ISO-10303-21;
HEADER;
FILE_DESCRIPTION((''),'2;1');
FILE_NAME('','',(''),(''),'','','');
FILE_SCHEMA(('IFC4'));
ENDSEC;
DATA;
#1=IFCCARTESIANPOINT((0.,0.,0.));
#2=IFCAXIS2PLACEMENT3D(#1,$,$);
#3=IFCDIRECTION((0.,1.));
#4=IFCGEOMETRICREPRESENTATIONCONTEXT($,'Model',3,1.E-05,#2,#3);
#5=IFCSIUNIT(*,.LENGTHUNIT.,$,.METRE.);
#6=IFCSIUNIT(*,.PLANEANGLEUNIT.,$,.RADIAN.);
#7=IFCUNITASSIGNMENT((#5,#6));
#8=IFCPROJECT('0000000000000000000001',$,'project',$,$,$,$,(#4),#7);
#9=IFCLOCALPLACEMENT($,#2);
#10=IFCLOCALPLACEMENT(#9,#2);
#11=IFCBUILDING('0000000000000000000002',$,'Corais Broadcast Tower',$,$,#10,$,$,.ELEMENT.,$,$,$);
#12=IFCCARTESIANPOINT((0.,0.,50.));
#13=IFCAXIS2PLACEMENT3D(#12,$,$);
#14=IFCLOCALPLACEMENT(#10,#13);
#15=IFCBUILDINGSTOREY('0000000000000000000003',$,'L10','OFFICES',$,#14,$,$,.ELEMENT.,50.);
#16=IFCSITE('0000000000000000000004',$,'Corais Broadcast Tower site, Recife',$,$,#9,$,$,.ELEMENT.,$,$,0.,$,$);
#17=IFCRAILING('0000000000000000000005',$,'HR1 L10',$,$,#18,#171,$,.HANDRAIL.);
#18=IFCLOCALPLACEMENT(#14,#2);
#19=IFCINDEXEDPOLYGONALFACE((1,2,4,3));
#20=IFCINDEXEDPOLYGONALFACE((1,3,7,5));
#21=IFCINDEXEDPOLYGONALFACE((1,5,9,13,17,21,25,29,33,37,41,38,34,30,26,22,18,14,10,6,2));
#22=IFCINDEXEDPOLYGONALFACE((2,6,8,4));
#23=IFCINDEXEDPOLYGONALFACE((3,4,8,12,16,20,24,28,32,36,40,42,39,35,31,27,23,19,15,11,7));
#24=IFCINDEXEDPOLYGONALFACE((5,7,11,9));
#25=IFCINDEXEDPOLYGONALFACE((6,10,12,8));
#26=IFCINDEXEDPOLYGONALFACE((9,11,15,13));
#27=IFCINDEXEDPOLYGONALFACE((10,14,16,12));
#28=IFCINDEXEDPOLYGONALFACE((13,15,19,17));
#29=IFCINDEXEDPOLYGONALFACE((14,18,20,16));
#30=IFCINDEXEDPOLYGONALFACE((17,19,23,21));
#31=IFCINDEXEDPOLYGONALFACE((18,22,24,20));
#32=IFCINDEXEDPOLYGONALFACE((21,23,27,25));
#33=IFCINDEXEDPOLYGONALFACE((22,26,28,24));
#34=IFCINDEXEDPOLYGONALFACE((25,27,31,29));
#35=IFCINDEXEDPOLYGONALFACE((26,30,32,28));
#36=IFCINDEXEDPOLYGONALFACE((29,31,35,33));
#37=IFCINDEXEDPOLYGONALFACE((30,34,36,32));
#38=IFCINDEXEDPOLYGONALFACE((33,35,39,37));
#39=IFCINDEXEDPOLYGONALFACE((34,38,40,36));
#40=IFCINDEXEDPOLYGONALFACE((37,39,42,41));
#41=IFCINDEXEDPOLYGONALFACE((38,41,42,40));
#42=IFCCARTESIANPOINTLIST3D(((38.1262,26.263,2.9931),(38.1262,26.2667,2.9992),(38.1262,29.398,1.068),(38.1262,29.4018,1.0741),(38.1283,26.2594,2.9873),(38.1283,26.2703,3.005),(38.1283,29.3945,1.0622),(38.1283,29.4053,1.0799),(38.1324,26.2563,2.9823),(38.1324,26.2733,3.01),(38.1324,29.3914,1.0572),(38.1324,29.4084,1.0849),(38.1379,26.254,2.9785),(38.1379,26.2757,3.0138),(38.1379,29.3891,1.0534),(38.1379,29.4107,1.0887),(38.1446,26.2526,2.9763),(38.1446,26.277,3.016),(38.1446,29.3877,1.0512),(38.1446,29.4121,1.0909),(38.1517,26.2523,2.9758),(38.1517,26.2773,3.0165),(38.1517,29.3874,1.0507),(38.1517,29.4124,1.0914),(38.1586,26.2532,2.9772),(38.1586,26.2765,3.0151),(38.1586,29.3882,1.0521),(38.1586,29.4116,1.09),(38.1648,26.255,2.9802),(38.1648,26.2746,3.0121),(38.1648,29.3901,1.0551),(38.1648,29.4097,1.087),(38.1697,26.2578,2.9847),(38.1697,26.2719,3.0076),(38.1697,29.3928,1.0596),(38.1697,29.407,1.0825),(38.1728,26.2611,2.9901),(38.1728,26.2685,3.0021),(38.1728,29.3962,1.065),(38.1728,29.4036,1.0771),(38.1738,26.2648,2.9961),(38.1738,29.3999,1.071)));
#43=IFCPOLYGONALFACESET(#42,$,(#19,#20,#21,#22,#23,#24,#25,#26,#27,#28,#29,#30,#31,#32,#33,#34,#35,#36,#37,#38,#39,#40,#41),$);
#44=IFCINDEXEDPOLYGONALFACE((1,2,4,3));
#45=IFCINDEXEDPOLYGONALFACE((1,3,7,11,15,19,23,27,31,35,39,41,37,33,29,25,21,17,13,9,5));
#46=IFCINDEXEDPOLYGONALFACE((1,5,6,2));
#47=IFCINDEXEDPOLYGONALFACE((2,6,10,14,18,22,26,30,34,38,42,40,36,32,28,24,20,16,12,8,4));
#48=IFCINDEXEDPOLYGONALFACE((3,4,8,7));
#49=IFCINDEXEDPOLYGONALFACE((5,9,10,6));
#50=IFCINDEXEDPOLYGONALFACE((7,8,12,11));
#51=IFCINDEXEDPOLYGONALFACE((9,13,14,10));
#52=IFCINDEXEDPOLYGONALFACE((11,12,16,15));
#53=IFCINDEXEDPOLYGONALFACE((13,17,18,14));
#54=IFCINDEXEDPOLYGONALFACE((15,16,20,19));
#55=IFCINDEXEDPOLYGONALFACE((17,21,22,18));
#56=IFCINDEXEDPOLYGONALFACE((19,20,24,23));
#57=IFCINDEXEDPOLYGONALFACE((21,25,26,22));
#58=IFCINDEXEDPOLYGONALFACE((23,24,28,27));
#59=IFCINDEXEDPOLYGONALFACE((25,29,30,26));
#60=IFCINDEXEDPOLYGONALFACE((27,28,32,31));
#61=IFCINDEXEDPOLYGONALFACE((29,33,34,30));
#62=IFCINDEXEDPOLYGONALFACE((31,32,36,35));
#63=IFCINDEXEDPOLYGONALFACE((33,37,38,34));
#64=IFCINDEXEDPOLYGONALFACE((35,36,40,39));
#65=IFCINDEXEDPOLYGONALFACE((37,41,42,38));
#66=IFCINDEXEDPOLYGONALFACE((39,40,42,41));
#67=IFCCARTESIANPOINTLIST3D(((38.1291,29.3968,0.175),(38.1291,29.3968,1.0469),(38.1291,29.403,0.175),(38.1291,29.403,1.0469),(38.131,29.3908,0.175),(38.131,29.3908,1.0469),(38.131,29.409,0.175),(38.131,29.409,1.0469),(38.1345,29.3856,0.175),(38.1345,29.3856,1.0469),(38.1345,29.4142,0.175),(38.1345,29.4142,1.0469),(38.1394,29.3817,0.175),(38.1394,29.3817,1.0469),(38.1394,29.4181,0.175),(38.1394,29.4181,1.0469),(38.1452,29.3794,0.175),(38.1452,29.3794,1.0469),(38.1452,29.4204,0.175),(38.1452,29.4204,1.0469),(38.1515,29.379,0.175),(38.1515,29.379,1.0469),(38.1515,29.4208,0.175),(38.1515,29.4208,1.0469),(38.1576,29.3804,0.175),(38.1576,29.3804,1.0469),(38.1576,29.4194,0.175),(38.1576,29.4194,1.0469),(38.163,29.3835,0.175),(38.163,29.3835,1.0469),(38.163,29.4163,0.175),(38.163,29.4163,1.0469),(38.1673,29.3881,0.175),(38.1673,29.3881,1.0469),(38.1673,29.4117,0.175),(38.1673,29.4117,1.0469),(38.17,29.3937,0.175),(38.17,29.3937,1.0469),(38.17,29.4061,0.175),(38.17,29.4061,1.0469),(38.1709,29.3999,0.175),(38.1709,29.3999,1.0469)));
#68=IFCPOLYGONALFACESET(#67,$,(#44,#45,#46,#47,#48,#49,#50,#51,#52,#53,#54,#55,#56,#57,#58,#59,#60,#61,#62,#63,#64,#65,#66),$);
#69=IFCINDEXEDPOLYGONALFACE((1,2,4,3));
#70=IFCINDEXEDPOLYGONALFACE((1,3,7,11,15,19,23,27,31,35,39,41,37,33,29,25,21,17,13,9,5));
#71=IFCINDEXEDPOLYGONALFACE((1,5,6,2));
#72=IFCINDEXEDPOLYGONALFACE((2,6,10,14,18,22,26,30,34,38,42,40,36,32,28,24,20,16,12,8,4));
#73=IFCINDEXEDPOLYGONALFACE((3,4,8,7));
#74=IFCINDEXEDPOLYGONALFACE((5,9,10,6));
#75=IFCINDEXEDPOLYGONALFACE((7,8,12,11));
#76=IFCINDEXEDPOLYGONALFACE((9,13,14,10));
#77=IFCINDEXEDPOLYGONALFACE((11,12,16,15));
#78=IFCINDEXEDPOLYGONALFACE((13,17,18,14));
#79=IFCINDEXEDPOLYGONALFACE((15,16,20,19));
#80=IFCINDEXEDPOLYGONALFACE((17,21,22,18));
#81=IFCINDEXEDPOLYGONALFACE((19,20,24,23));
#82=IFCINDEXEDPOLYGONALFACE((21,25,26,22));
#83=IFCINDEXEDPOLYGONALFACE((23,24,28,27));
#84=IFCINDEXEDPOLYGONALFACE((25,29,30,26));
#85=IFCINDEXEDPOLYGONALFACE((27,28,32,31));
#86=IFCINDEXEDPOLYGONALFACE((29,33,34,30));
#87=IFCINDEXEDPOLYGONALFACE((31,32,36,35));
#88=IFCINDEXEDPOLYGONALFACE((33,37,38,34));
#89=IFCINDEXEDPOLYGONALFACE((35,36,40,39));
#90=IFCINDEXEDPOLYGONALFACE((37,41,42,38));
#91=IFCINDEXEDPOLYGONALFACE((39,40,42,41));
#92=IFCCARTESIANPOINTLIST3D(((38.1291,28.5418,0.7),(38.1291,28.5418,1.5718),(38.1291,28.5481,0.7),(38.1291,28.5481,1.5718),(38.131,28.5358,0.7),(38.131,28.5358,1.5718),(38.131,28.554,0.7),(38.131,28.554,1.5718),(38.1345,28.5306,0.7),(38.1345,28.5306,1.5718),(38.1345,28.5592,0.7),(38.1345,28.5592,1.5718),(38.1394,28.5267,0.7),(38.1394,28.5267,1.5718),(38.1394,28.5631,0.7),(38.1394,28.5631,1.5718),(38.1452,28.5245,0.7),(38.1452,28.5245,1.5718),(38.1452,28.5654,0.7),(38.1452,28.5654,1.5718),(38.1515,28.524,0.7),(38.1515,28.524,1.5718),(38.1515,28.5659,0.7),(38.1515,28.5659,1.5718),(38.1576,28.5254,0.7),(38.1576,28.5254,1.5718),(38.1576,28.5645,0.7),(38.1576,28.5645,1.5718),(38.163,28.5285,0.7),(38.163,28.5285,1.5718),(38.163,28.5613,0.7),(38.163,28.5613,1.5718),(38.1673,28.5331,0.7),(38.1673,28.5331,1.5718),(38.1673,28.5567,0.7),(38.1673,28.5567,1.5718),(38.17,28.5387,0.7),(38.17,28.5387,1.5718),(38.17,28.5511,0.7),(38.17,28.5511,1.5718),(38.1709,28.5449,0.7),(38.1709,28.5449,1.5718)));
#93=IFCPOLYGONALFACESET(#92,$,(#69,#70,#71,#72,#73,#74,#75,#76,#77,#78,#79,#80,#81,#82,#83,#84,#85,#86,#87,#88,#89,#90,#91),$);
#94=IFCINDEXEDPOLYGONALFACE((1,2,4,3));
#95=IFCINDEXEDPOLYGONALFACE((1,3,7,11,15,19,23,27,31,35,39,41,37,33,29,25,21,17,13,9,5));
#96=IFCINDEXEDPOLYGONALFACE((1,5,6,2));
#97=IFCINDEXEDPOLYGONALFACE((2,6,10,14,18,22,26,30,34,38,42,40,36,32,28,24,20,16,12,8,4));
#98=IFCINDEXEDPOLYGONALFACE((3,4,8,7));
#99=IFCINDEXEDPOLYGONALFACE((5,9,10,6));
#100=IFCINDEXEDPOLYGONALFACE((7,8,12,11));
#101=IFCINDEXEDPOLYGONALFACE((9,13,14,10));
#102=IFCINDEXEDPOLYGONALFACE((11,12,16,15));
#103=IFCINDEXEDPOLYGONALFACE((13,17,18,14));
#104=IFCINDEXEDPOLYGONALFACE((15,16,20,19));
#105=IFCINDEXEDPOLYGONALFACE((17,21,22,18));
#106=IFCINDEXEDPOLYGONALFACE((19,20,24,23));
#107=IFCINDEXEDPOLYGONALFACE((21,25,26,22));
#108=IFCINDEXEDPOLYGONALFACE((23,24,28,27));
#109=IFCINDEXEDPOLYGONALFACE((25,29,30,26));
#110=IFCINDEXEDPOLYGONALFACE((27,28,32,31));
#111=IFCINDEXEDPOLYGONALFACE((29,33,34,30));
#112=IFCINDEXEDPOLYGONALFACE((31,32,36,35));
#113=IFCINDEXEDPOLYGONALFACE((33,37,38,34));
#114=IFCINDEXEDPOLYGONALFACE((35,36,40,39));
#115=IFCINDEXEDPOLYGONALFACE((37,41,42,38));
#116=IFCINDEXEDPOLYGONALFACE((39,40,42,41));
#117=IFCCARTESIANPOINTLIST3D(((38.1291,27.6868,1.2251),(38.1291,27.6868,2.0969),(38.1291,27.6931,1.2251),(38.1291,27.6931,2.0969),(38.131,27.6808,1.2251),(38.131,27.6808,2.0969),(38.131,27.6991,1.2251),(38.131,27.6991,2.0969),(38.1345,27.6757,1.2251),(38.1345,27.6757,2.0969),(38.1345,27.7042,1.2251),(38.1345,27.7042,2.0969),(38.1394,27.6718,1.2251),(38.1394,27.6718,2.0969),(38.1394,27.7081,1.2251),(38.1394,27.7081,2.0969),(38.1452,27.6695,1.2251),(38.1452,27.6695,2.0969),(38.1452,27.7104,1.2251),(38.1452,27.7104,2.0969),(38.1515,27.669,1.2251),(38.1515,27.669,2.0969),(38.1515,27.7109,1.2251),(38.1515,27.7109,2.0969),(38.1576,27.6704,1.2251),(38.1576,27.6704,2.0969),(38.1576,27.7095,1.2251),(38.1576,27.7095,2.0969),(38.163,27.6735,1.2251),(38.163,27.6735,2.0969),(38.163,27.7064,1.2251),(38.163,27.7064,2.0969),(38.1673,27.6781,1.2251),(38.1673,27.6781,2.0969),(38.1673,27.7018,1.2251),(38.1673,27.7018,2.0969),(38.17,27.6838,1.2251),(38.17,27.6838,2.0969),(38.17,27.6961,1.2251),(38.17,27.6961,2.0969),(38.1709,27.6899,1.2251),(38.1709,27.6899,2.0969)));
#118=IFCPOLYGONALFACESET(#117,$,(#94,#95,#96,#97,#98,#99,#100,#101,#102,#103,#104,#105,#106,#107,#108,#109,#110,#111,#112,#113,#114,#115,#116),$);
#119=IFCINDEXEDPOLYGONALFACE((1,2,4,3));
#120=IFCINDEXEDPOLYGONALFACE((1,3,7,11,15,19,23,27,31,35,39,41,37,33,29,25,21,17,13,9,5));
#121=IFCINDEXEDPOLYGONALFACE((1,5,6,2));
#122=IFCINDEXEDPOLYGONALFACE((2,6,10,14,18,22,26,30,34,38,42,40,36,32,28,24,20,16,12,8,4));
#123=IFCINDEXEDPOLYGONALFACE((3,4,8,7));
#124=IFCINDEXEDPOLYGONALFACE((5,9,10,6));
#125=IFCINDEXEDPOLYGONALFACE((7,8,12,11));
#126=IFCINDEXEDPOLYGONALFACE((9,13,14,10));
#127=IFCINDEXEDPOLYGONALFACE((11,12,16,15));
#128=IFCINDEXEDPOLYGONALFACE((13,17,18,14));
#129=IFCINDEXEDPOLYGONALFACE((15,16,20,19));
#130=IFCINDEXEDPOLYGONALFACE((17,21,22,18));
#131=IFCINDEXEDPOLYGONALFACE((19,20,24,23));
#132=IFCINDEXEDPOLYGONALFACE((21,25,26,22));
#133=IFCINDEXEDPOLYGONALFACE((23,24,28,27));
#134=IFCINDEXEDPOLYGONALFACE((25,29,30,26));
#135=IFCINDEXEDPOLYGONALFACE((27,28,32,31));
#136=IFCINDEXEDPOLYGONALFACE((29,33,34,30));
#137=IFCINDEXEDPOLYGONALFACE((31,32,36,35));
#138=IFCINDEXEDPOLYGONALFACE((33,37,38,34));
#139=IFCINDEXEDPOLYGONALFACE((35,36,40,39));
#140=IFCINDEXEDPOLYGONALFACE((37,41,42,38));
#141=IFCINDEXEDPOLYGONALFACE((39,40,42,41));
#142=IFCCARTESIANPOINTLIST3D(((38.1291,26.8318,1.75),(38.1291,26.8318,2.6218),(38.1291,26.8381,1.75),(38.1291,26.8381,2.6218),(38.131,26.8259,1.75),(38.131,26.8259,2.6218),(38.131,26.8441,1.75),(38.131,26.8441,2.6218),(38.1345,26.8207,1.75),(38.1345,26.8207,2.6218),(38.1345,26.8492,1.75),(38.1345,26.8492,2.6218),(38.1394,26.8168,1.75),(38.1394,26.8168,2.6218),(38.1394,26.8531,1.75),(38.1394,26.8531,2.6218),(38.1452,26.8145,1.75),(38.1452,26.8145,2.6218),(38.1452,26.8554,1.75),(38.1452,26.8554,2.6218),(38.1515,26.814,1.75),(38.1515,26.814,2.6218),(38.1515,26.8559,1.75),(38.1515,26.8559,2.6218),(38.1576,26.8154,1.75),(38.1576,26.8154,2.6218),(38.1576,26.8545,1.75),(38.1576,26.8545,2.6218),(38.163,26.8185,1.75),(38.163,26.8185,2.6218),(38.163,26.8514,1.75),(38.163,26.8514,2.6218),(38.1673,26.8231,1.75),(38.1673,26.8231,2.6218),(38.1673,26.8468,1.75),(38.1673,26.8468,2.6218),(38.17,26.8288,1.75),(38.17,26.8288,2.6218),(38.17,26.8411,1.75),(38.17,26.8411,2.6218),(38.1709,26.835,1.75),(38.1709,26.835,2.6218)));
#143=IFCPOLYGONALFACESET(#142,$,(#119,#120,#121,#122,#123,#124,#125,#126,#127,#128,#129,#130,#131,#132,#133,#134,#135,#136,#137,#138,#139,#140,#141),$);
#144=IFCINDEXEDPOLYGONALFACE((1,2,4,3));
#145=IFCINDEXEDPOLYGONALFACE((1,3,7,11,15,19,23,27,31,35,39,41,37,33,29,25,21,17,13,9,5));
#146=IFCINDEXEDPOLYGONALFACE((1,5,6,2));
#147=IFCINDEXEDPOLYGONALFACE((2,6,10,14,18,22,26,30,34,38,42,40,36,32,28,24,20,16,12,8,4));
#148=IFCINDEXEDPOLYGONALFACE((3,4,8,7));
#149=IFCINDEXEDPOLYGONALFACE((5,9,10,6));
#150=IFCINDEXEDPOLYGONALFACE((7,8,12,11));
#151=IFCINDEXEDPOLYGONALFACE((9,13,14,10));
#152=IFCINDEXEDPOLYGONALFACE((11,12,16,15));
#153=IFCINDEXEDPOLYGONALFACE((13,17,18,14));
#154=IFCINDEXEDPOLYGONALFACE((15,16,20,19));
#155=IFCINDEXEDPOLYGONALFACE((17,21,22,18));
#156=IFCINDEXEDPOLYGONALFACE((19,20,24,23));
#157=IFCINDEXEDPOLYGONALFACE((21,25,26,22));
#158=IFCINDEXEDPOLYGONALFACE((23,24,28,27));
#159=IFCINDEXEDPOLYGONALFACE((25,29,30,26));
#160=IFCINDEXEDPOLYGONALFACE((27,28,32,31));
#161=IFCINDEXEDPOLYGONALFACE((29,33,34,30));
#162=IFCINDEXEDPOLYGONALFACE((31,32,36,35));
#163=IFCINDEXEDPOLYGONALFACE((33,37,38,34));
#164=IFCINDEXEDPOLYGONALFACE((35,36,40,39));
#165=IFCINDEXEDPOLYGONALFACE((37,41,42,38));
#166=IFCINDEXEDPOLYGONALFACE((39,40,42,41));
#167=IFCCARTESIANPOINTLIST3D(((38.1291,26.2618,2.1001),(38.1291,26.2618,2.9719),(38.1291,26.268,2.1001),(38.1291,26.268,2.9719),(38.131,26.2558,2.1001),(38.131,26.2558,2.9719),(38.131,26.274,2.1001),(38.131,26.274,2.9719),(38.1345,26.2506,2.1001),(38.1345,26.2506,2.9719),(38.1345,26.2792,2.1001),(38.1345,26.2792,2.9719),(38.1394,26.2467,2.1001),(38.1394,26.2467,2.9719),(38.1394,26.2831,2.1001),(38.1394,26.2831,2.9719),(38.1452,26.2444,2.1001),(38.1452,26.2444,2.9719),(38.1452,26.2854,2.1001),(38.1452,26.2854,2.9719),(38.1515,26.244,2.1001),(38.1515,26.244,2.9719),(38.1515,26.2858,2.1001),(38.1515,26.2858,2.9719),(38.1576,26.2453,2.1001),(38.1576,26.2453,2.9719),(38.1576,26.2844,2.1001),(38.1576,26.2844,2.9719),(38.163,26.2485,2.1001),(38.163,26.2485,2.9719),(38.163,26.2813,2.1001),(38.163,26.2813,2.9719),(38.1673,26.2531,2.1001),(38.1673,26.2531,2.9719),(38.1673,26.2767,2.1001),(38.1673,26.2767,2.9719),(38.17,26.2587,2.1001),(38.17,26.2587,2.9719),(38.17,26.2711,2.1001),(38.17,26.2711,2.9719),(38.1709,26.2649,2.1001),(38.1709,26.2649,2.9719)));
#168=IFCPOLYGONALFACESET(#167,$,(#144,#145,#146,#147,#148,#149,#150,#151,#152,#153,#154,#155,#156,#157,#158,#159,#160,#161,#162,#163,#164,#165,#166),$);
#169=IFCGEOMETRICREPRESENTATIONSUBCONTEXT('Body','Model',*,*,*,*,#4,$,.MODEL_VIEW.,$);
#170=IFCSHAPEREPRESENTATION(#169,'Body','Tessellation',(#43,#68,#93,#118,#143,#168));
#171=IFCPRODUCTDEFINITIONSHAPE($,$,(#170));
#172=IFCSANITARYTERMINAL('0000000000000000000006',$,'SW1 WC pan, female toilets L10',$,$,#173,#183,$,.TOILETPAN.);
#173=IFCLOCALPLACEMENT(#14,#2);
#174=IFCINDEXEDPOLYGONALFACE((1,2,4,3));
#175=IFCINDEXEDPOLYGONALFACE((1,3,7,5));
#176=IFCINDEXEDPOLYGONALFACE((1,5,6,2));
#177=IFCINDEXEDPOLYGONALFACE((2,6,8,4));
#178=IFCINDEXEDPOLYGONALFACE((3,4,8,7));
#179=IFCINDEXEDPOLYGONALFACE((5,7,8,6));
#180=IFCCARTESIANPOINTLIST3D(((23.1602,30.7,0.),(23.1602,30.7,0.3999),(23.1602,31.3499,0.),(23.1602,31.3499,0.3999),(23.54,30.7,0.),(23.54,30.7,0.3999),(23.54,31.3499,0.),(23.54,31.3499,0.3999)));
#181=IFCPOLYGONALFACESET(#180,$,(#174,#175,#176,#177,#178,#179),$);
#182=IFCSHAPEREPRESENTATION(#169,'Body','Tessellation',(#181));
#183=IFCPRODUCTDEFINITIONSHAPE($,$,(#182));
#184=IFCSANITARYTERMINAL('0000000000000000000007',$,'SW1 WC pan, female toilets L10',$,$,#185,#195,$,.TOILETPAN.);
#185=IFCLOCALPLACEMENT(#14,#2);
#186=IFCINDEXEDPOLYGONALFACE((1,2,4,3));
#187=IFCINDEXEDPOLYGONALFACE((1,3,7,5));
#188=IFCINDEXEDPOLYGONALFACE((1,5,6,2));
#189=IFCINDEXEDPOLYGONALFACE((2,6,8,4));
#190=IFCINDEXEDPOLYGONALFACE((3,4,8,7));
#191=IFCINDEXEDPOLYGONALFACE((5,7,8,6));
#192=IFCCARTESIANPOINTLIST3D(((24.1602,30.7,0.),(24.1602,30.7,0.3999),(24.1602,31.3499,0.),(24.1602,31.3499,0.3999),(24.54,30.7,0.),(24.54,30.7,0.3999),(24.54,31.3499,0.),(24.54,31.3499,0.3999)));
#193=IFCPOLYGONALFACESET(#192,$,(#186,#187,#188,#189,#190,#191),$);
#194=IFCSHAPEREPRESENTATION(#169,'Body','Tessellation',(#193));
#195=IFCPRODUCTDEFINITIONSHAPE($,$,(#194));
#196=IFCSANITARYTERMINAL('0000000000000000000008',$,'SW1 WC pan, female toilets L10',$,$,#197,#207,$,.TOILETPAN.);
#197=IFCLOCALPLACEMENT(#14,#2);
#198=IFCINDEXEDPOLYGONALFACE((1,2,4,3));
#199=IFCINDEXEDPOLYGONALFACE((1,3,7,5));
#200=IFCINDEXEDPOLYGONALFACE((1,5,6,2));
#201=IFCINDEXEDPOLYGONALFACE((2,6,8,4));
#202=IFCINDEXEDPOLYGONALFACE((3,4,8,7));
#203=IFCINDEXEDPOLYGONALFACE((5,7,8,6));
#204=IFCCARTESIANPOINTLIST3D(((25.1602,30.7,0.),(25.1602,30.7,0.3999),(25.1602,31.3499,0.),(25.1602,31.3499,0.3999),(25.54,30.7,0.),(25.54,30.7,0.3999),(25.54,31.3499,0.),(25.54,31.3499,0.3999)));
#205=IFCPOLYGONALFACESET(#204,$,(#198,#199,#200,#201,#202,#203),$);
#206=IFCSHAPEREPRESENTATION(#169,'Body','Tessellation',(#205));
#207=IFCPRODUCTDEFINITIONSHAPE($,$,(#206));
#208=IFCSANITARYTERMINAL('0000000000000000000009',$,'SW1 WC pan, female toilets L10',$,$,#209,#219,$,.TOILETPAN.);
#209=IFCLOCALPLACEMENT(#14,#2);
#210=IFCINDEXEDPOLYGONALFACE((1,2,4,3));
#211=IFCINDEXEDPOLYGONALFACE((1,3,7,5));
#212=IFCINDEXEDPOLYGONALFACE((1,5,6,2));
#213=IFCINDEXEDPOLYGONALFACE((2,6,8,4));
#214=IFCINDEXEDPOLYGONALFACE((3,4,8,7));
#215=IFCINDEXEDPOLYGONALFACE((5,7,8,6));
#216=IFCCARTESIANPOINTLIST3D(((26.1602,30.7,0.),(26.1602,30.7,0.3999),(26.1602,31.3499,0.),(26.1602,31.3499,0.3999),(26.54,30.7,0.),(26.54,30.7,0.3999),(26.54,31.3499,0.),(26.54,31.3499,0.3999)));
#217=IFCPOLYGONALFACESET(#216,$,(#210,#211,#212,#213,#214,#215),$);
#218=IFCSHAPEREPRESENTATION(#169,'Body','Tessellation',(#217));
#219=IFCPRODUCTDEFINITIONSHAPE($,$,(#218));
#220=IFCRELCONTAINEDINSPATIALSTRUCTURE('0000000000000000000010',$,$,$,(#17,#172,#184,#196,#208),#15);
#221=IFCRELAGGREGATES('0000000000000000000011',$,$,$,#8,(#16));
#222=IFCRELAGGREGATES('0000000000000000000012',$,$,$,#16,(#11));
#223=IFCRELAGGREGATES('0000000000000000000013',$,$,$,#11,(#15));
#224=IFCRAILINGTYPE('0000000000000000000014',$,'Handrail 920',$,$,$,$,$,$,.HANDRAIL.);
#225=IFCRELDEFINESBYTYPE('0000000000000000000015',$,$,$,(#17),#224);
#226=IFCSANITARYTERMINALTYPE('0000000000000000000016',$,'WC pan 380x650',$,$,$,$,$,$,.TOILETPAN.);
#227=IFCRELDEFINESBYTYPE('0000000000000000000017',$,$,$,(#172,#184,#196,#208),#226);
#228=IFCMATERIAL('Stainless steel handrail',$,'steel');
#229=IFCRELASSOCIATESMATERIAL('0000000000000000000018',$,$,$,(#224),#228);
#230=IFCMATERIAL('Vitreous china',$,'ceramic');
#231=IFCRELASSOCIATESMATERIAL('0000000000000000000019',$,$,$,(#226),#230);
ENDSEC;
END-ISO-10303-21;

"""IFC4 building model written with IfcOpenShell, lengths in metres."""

from ifc_helpers import new_model, si_unit, direction, frame, origin, origin_2d, place, context, subcontext, project, spatial, rectangle, circle, extrude, material, type_object, element, save


model = new_model("IFC4")

# Units and contexts
model_context = context("Model", 3, precision=1e-05, world=origin(), true_north=direction((0.0, 1.0)))
body_context = subcontext(model_context, "Body", "Model", "MODEL_VIEW")
ifc_project = project(units=[si_unit("LENGTHUNIT", "METRE"), si_unit("PLANEANGLEUNIT", "RADIAN")], contexts=[model_context])

# Site, building, storey
site_placement = place(None, origin())
site = spatial("IfcSite", under=ifc_project, at=site_placement, Name="Corais Broadcast Tower site, Recife", CompositionType="ELEMENT", RefElevation=0.0)
building_placement = place(site_placement, origin())
building = spatial("IfcBuilding", under=site, at=building_placement, Name="Corais Broadcast Tower", CompositionType="ELEMENT")
storey_placement = place(building_placement, frame((0.0, 0.0, 50.0)))
storey = spatial("IfcBuildingStorey", under=building, at=storey_placement, Name="L10", Description="OFFICES", CompositionType="ELEMENT", Elevation=50.0)

# Railing
ifc_material_1 = material(Name="Stainless steel handrail", Category="steel")
railing_type = type_object("IfcRailingType", Name="Handrail 920", PredefinedType="HANDRAIL", material=ifc_material_1)
for number, where, name in (
    (1, (38.1499, 29.3999, 0.175), "HR1 L10"),
):
    element("IfcRailing", number, at=place(storey_placement, frame(where)), inside=storey, type_object=railing_type, Name=name, PredefinedType="HANDRAIL", context=body_context, shape_type="SweptSolid", body=[
        extrude(circle(Radius=0.0239, at=origin_2d()), frame((0.0, 0.0, 0.896), z_axis=(0.0, -0.852166, 0.523271), x_axis=(1.0, 0.0, 0.0)), (0.0, 0.0, 1.0), 3.679),
        extrude(circle(Radius=0.021, at=origin_2d()), origin(), (0.0, 0.0, 1.0), 0.8718),
        extrude(circle(Radius=0.021, at=origin_2d()), frame((0.0, -0.855, 0.5249)), (0.0, 0.0, 1.0), 0.8718),
        extrude(circle(Radius=0.021, at=origin_2d()), frame((0.0, -1.71, 1.05)), (0.0, 0.0, 1.0), 0.8718),
        extrude(circle(Radius=0.021, at=origin_2d()), frame((0.0, -2.5649, 1.575)), (0.0, 0.0, 1.0), 0.8718),
        extrude(circle(Radius=0.021, at=origin_2d()), frame((0.0, -3.135, 1.925)), (0.0, 0.0, 1.0), 0.8718),
    ])

# Sanitary terminals
ifc_material_2 = material(Name="Vitreous china", Category="ceramic")
sanitary_terminal_type_1 = type_object("IfcSanitaryTerminalType", Name="WC pan 380x650", PredefinedType="TOILETPAN", material=ifc_material_2)
for number, where, z_axis, x_axis, name in (
    (2, (23.3501, 31.0249, 0.0), (0.0, 0.0, 1.0), (1.0, 0.0, 0.0), "SW1 WC pan, female toilets L10"),
    (3, (24.3501, 31.0249, 0.0), (0.0, 0.0, 1.0), (1.0, 0.0, 0.0), "SW1 WC pan, female toilets L10"),
    (4, (25.3501, 31.0249, 0.0), (0.0, 0.0, 1.0), (1.0, 0.0, 0.0), "SW1 WC pan, female toilets L10"),
    (5, (26.3501, 31.0249, 0.0), (0.0, 0.0, 1.0), (1.0, 0.0, 0.0), "SW1 WC pan, female toilets L10"),
):
    element("IfcSanitaryTerminal", number, at=place(storey_placement, frame(where, z_axis=z_axis, x_axis=x_axis)), inside=storey, type_object=sanitary_terminal_type_1, Name=name, PredefinedType="TOILETPAN", context=body_context, shape_type="SweptSolid", body=[
        extrude(rectangle(XDim=0.3799, YDim=0.6499, at=origin_2d()), origin(), (0.0, 0.0, 1.0), 0.3999),
    ])

save(model, "model.ifc")
